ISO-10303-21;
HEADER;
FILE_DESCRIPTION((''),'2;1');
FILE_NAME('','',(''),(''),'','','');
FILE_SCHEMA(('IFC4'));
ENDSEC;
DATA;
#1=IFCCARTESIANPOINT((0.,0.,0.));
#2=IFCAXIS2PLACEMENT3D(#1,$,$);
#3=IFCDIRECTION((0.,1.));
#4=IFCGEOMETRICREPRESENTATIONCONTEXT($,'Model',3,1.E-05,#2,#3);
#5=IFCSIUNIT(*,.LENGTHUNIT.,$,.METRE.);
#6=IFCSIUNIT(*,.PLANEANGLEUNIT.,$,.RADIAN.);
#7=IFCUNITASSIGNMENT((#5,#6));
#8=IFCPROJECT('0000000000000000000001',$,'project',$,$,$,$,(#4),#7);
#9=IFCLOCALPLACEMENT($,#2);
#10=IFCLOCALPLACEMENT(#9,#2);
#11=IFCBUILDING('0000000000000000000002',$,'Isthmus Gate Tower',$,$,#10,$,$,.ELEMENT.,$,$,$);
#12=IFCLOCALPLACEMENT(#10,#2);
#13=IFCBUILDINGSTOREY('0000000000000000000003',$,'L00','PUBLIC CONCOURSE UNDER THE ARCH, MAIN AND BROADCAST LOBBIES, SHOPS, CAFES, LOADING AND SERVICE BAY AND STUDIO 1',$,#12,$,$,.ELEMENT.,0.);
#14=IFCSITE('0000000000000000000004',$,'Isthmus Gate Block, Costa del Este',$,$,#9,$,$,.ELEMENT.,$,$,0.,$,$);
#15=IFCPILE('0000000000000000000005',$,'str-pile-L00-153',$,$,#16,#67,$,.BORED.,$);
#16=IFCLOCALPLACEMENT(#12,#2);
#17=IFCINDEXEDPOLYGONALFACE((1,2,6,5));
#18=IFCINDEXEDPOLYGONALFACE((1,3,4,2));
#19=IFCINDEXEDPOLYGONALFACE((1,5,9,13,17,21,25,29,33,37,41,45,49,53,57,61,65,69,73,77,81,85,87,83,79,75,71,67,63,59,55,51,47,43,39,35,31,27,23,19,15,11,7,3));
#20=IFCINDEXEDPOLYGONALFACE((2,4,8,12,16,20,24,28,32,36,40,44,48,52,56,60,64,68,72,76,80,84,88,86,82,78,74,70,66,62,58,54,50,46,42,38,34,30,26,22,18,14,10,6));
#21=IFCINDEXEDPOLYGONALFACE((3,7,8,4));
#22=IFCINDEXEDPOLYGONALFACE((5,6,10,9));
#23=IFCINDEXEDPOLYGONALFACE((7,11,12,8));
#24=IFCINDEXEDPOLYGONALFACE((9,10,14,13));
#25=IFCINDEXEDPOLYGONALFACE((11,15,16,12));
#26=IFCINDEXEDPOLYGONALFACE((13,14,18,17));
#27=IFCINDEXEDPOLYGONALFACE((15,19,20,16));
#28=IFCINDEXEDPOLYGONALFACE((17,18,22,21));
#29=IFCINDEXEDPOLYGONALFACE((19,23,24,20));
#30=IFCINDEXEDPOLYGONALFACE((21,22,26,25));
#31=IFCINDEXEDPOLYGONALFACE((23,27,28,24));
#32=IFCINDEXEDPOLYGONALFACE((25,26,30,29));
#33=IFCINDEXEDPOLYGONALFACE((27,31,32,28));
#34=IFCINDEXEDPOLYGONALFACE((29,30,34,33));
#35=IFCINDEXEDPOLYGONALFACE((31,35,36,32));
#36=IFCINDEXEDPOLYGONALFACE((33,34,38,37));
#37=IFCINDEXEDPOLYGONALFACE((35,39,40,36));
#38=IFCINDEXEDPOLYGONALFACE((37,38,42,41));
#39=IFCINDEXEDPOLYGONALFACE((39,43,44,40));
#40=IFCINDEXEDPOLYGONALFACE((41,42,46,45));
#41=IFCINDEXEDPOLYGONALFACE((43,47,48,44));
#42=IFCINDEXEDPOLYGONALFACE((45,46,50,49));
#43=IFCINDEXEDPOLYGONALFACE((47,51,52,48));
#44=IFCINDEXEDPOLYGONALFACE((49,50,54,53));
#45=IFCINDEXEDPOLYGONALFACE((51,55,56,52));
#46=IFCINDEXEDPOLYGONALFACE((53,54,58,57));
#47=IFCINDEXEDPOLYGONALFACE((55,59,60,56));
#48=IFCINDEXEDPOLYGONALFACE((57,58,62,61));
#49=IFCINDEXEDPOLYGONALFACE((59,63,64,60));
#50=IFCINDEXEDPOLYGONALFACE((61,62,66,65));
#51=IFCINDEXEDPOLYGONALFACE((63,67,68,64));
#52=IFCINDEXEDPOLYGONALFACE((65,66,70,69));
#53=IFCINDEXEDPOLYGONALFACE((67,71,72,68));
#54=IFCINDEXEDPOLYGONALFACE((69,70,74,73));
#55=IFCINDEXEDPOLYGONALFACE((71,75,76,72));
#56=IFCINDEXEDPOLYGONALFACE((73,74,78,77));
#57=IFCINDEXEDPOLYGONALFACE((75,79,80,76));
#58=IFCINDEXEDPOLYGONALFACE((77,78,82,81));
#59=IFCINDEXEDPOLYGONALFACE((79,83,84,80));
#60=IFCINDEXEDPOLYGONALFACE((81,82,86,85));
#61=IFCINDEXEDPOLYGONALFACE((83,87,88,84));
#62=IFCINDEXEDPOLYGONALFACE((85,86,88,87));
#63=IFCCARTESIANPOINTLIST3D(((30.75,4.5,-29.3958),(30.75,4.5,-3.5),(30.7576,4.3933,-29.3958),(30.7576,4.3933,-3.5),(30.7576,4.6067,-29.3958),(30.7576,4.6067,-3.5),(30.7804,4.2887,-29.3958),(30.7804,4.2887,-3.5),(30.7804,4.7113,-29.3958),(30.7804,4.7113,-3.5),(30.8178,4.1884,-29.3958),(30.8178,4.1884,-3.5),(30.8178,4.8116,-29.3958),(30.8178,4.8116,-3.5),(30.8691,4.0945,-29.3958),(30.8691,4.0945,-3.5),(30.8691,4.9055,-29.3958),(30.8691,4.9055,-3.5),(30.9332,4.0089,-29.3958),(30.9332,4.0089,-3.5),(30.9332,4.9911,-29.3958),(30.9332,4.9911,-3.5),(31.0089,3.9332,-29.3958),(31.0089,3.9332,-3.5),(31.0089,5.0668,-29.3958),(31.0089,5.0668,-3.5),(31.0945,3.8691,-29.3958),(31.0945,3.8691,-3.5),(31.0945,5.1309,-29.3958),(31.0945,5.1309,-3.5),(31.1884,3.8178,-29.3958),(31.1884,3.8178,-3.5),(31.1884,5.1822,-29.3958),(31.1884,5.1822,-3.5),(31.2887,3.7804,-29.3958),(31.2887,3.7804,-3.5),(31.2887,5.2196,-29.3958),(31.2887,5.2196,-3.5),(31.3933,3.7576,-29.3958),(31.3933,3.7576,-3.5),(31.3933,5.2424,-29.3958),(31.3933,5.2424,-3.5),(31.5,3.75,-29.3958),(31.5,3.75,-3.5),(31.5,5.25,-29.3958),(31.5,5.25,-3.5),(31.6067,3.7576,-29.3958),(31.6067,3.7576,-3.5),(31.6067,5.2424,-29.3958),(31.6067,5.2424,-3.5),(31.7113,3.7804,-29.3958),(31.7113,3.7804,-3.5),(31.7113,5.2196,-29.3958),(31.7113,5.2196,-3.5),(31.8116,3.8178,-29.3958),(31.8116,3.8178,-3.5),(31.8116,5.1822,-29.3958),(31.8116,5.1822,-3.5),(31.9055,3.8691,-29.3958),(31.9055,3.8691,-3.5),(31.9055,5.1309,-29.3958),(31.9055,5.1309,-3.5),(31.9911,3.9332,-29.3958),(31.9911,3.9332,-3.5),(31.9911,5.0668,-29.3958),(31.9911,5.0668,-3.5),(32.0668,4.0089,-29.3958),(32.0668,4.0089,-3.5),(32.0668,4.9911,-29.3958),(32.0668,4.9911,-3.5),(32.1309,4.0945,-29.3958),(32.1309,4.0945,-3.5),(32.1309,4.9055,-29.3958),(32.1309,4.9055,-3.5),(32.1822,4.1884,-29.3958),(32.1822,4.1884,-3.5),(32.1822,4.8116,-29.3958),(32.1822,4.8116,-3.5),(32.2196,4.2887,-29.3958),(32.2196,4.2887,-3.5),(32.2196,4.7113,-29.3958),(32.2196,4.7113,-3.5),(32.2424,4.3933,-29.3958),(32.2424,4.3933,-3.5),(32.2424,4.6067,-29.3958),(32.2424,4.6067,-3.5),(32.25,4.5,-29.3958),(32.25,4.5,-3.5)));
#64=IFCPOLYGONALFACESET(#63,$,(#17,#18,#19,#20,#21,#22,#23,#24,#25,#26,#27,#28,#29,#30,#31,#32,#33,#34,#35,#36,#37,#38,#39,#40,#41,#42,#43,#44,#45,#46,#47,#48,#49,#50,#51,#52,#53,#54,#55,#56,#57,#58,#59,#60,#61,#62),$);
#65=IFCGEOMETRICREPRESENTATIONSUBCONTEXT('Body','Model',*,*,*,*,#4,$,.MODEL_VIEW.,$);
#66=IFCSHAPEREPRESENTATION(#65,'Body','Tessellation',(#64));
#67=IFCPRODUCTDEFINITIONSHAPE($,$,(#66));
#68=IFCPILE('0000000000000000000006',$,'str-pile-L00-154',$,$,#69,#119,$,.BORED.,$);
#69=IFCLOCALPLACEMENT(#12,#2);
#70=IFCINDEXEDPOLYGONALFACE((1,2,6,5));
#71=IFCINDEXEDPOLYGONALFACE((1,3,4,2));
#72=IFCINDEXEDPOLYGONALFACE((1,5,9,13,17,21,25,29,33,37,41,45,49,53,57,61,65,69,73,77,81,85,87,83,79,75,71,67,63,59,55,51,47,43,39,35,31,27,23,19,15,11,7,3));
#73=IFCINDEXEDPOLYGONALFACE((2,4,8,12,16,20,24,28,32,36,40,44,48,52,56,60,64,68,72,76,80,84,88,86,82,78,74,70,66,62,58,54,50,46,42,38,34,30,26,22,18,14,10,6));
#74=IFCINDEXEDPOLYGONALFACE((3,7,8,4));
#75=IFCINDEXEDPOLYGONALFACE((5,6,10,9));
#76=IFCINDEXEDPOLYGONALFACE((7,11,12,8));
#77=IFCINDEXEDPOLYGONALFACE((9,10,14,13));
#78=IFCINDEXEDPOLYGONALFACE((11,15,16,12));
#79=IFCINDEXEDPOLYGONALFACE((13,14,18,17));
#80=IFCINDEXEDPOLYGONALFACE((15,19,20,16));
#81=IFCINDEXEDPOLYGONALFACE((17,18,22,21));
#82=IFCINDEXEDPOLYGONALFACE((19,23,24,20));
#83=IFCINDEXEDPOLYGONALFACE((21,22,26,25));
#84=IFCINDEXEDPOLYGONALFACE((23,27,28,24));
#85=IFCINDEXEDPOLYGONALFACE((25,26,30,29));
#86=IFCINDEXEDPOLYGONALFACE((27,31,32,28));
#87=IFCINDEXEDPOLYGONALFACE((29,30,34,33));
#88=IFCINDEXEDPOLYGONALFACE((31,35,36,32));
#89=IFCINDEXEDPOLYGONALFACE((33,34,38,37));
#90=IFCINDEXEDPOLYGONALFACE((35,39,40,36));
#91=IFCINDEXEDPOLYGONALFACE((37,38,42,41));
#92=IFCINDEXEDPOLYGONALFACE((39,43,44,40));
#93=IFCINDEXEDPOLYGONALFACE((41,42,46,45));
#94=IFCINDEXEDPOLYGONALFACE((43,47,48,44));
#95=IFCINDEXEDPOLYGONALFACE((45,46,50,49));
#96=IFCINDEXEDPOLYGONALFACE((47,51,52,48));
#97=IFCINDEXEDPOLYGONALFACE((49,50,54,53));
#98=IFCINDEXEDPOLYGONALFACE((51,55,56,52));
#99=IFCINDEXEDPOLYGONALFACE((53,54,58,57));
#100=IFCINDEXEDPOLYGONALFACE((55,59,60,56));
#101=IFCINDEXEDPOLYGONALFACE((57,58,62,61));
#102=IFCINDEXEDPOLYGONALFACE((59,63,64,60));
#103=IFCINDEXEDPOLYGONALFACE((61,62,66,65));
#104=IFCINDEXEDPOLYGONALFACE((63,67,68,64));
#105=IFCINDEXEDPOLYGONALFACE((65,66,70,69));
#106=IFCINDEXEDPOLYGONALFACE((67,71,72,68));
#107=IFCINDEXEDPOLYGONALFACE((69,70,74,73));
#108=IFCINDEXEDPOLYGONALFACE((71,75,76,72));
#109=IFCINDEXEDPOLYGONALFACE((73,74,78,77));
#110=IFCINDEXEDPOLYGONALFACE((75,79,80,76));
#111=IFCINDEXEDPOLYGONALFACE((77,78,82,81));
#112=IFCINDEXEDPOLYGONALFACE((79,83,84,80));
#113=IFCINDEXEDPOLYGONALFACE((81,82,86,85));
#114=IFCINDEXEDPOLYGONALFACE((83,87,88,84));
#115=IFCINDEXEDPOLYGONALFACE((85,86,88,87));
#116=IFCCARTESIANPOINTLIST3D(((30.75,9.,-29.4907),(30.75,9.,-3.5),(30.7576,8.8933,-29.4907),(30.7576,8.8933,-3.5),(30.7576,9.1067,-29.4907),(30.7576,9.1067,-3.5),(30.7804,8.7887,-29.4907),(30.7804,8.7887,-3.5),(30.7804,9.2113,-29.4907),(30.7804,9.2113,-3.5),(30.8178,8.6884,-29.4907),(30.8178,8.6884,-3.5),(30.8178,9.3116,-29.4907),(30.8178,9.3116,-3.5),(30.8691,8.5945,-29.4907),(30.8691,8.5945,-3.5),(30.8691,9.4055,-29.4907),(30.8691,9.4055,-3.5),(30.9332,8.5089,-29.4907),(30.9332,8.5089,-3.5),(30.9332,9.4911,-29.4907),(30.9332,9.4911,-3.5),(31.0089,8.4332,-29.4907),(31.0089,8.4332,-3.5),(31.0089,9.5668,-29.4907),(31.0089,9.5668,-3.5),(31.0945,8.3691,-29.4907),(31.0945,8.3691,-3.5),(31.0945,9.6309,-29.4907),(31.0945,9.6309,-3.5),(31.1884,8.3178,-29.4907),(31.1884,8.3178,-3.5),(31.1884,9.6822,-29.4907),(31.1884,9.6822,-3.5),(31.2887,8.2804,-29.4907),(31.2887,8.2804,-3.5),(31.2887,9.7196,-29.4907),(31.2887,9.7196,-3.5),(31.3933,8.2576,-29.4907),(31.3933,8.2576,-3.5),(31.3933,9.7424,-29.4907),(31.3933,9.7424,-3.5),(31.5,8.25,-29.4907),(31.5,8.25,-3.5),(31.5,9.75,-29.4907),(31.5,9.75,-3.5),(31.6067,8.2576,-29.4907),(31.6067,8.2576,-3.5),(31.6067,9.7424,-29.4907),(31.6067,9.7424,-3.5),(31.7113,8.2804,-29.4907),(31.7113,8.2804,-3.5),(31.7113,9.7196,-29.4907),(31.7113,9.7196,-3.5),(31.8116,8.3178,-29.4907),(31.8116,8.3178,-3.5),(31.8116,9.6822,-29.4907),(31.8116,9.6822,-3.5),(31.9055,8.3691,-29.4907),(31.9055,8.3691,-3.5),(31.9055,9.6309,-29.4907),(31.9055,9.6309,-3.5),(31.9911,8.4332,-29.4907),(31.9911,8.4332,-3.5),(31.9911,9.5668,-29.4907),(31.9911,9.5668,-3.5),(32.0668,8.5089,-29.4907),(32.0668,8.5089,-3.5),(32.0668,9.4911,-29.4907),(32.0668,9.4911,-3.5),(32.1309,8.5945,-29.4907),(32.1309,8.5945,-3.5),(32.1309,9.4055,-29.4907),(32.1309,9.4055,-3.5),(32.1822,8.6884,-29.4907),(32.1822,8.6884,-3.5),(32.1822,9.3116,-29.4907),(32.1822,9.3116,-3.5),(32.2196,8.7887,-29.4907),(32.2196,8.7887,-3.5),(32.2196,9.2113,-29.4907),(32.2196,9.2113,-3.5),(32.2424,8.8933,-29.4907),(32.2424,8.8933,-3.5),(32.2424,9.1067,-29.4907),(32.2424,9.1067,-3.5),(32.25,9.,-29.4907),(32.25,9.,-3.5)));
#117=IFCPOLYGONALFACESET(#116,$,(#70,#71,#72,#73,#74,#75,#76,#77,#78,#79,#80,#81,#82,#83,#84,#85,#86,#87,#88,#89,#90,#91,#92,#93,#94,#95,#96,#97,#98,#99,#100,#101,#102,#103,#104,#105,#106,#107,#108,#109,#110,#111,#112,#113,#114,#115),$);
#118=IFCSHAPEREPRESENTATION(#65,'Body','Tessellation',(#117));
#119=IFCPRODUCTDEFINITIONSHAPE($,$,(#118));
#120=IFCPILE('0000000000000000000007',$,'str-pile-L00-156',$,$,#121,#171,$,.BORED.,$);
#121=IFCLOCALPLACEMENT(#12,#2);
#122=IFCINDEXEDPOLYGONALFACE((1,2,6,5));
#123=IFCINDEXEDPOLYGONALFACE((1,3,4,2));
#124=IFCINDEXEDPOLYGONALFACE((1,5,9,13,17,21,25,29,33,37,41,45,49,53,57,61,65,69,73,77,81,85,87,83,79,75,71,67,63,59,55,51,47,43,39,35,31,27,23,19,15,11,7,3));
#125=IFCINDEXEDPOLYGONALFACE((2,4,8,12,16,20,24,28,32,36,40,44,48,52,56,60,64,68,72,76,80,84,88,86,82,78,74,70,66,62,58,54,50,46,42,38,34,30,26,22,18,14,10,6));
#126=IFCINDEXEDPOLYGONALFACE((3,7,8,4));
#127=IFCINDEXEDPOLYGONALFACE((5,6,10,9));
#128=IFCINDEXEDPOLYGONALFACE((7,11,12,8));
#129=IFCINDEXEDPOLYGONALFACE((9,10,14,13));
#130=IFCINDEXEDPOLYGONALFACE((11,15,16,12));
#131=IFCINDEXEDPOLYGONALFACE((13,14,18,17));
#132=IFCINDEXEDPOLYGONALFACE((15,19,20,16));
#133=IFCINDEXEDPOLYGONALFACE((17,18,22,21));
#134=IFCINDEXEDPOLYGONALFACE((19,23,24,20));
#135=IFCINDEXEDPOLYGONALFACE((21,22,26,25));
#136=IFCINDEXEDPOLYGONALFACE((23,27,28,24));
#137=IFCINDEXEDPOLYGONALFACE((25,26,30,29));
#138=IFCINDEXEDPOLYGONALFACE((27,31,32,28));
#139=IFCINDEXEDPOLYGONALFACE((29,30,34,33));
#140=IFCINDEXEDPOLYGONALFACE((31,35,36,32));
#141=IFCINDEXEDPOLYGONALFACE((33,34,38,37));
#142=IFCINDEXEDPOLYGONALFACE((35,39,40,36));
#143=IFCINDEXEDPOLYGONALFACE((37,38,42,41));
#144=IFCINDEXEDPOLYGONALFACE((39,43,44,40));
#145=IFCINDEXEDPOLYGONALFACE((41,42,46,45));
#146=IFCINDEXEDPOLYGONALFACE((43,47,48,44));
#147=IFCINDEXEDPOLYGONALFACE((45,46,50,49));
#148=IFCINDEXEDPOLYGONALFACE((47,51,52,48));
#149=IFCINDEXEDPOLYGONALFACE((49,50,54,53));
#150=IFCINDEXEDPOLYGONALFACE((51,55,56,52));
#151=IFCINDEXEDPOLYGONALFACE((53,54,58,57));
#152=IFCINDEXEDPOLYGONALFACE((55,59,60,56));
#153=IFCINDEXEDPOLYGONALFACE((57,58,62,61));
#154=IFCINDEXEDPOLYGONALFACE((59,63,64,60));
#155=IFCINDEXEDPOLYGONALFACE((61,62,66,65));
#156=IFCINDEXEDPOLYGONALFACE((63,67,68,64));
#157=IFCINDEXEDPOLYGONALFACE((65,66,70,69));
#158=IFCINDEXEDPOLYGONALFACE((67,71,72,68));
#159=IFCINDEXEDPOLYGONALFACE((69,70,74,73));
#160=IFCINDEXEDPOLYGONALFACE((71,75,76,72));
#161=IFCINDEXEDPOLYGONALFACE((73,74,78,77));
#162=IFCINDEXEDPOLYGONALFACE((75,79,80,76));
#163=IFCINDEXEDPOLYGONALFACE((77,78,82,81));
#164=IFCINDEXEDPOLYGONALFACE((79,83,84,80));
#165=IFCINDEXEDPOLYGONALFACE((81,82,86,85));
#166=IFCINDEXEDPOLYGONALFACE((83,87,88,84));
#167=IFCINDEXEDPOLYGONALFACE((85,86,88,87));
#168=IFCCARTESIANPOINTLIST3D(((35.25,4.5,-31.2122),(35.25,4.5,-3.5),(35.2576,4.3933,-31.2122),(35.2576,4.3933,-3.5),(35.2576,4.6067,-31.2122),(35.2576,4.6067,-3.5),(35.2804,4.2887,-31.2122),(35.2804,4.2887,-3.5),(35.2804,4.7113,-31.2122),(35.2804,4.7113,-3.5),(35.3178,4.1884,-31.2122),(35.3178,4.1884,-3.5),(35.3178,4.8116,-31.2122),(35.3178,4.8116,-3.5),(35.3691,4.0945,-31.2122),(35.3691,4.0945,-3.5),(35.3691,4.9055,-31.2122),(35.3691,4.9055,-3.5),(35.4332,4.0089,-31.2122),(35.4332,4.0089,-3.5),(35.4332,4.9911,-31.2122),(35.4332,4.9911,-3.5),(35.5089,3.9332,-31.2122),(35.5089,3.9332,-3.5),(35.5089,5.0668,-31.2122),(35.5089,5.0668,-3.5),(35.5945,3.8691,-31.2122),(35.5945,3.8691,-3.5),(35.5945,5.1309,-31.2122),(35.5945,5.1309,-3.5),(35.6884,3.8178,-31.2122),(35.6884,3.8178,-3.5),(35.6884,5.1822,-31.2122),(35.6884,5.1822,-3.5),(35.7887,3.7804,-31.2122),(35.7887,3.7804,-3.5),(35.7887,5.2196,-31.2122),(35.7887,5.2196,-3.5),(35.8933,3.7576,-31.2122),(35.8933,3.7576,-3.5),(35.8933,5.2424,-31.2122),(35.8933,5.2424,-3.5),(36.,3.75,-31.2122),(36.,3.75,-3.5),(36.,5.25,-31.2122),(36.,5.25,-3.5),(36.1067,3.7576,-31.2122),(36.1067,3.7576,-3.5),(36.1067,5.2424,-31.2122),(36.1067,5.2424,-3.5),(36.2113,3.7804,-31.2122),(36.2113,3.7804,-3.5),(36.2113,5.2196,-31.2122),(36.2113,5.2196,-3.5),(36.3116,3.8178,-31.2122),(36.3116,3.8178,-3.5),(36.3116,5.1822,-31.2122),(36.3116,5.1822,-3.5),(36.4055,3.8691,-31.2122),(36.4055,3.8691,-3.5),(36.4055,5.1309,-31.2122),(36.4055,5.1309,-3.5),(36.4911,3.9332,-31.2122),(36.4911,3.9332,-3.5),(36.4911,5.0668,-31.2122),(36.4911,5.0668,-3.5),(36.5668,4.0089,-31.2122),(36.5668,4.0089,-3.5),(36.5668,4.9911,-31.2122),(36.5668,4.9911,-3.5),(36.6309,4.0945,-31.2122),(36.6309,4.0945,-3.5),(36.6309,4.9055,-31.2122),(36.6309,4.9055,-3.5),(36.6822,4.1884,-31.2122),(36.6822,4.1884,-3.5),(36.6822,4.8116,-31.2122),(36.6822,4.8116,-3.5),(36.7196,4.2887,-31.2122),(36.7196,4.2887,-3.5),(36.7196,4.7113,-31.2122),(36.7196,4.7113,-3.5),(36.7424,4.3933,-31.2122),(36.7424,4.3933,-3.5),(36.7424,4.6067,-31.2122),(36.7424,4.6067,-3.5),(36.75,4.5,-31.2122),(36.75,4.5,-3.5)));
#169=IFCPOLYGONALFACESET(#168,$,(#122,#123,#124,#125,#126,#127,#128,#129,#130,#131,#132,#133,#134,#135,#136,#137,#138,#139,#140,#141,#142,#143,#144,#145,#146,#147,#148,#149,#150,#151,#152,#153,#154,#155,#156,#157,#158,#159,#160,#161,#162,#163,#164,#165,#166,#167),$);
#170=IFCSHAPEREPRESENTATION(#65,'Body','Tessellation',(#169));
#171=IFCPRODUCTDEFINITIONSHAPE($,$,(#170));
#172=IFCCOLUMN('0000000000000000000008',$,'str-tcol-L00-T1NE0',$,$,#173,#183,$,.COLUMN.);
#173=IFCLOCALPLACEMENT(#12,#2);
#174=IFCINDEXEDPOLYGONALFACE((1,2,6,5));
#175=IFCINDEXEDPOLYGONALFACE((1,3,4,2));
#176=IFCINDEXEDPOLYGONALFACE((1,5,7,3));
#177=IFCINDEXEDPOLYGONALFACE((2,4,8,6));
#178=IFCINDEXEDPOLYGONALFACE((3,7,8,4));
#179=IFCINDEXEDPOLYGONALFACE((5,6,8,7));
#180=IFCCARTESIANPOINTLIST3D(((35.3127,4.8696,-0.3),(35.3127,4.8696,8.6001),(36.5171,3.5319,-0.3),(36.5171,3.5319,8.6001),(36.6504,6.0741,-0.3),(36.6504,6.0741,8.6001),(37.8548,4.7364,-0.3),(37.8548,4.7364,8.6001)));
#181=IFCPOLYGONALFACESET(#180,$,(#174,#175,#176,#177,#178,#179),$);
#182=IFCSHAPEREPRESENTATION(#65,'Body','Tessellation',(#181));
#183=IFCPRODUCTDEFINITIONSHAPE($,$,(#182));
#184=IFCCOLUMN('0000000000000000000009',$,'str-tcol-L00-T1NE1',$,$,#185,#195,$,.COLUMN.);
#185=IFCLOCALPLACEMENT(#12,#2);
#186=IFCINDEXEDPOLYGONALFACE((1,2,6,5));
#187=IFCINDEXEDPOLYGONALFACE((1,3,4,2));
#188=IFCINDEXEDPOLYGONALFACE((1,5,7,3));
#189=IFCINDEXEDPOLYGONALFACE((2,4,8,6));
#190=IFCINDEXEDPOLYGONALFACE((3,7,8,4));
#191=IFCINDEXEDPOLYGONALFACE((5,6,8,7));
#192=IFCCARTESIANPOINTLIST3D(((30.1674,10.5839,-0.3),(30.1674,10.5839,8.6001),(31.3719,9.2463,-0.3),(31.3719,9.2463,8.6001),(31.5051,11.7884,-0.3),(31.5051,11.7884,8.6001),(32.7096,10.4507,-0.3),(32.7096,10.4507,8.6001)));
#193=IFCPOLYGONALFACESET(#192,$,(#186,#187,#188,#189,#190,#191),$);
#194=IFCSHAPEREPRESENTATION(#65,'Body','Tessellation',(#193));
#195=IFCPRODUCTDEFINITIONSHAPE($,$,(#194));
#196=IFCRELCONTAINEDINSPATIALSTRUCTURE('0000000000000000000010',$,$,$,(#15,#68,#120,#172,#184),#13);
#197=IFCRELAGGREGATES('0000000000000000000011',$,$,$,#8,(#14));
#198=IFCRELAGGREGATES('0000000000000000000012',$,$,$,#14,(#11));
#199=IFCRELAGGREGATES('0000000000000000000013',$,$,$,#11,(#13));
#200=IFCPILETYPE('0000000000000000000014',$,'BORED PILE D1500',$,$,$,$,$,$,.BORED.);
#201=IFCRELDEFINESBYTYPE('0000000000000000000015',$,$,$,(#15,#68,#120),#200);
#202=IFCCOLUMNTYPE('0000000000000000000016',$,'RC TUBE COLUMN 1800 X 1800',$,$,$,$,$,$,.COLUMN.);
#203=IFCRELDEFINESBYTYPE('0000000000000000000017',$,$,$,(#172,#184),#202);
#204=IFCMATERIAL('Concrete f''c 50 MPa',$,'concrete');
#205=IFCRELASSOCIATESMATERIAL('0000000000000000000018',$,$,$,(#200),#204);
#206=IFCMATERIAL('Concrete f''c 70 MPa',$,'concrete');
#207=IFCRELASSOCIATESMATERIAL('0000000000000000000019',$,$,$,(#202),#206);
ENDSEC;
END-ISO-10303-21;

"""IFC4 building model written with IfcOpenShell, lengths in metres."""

from ifc_helpers import new_model, si_unit, direction, frame, origin, origin_2d, place, context, subcontext, project, spatial, rectangle, circle, extrude, material, material_profile, profile_set, type_object, element, save


model = new_model("IFC4")

# Units and contexts
model_context = context("Model", 3, precision=1e-05, world=origin(), true_north=direction((0.0, 1.0)))
body_context = subcontext(model_context, "Body", "Model", "MODEL_VIEW")
ifc_project = project(units=[si_unit("LENGTHUNIT", "METRE"), si_unit("PLANEANGLEUNIT", "RADIAN")], contexts=[model_context])

# Site, building, storey
site_placement = place(None, origin())
site = spatial("IfcSite", under=ifc_project, at=site_placement, Name="Isthmus Gate Block, Costa del Este", CompositionType="ELEMENT", RefElevation=0.0)
building_placement = place(site_placement, origin())
building = spatial("IfcBuilding", under=site, at=building_placement, Name="Isthmus Gate Tower", CompositionType="ELEMENT")
storey_placement = place(building_placement, origin())
storey = spatial("IfcBuildingStorey", under=building, at=storey_placement, Name="L00", Description="PUBLIC CONCOURSE UNDER THE ARCH, MAIN AND BROADCAST LOBBIES, SHOPS, CAFES, LOADING AND SERVICE BAY AND STUDIO 1", CompositionType="ELEMENT", Elevation=0.0)

# Piles
ifc_material_1 = material(Name="Concrete f'c 50 MPa", Category="concrete")
ifc_material_profile_1 = material_profile(ifc_material_1, circle(Radius=0.75, at=origin_2d()), Name="D1500")
ifc_profile_set_1 = profile_set([ifc_material_profile_1], Name="Concrete f'c 50 MPa")
pile_type = type_object("IfcPileType", Name="BORED PILE D1500", PredefinedType="BORED", material=ifc_profile_set_1)
pile_1_placement = place(storey_placement, frame((31.5, 4.5, -3.5), z_axis=(0.0, 0.0, -1.0), x_axis=(1.0, 0.0, 0.0)))
element("IfcPile", 1, at=pile_1_placement, inside=storey, type_object=pile_type, Name="str-pile-L00-153", PredefinedType="BORED", context=body_context, shape_type="SweptSolid", body=[
    extrude(circle(Radius=0.75, at=origin_2d()), origin(), (0.0, 0.0, 1.0), 25.8958),
])
pile_2_placement = place(storey_placement, frame((31.5, 9.0, -3.5), z_axis=(0.0, 0.0, -1.0), x_axis=(1.0, 0.0, 0.0)))
element("IfcPile", 2, at=pile_2_placement, inside=storey, type_object=pile_type, Name="str-pile-L00-154", PredefinedType="BORED", context=body_context, shape_type="SweptSolid", body=[
    extrude(circle(Radius=0.75, at=origin_2d()), origin(), (0.0, 0.0, 1.0), 25.9907),
])
pile_3_placement = place(storey_placement, frame((36.0, 4.5, -3.5), z_axis=(0.0, 0.0, -1.0), x_axis=(1.0, 0.0, 0.0)))
element("IfcPile", 3, at=pile_3_placement, inside=storey, type_object=pile_type, Name="str-pile-L00-156", PredefinedType="BORED", context=body_context, shape_type="SweptSolid", body=[
    extrude(circle(Radius=0.75, at=origin_2d()), origin(), (0.0, 0.0, 1.0), 27.7122),
])

# Columns
ifc_material_2 = material(Name="Concrete f'c 70 MPa", Category="concrete")
ifc_material_profile_2 = material_profile(ifc_material_2, rectangle(XDim=1.8, YDim=1.8, at=origin_2d()), Name="RC 1800X1800")
ifc_profile_set_2 = profile_set([ifc_material_profile_2], Name="Concrete f'c 70 MPa")
column_type = type_object("IfcColumnType", Name="RC TUBE COLUMN 1800 X 1800", PredefinedType="COLUMN", material=ifc_profile_set_2)
for number, where, z_axis, x_axis, name in (
    (4, (36.5837, 4.803, -0.3), (0.0, 0.0, 1.0), (-0.669131, 0.743145, 0.0), "str-tcol-L00-T1NE0"),
    (5, (31.4385, 10.5173, -0.3), (0.0, 0.0, 1.0), (-0.669131, 0.743145, 0.0), "str-tcol-L00-T1NE1"),
):
    element("IfcColumn", number, at=place(storey_placement, frame(where, z_axis=z_axis, x_axis=x_axis)), inside=storey, type_object=column_type, Name=name, PredefinedType="COLUMN", context=body_context, shape_type="SweptSolid", body=[
        extrude(rectangle(XDim=1.8, YDim=1.8, at=origin_2d()), origin(), (0.0, 0.0, 1.0), 8.9001),
    ])

save(model, "model.ifc")
